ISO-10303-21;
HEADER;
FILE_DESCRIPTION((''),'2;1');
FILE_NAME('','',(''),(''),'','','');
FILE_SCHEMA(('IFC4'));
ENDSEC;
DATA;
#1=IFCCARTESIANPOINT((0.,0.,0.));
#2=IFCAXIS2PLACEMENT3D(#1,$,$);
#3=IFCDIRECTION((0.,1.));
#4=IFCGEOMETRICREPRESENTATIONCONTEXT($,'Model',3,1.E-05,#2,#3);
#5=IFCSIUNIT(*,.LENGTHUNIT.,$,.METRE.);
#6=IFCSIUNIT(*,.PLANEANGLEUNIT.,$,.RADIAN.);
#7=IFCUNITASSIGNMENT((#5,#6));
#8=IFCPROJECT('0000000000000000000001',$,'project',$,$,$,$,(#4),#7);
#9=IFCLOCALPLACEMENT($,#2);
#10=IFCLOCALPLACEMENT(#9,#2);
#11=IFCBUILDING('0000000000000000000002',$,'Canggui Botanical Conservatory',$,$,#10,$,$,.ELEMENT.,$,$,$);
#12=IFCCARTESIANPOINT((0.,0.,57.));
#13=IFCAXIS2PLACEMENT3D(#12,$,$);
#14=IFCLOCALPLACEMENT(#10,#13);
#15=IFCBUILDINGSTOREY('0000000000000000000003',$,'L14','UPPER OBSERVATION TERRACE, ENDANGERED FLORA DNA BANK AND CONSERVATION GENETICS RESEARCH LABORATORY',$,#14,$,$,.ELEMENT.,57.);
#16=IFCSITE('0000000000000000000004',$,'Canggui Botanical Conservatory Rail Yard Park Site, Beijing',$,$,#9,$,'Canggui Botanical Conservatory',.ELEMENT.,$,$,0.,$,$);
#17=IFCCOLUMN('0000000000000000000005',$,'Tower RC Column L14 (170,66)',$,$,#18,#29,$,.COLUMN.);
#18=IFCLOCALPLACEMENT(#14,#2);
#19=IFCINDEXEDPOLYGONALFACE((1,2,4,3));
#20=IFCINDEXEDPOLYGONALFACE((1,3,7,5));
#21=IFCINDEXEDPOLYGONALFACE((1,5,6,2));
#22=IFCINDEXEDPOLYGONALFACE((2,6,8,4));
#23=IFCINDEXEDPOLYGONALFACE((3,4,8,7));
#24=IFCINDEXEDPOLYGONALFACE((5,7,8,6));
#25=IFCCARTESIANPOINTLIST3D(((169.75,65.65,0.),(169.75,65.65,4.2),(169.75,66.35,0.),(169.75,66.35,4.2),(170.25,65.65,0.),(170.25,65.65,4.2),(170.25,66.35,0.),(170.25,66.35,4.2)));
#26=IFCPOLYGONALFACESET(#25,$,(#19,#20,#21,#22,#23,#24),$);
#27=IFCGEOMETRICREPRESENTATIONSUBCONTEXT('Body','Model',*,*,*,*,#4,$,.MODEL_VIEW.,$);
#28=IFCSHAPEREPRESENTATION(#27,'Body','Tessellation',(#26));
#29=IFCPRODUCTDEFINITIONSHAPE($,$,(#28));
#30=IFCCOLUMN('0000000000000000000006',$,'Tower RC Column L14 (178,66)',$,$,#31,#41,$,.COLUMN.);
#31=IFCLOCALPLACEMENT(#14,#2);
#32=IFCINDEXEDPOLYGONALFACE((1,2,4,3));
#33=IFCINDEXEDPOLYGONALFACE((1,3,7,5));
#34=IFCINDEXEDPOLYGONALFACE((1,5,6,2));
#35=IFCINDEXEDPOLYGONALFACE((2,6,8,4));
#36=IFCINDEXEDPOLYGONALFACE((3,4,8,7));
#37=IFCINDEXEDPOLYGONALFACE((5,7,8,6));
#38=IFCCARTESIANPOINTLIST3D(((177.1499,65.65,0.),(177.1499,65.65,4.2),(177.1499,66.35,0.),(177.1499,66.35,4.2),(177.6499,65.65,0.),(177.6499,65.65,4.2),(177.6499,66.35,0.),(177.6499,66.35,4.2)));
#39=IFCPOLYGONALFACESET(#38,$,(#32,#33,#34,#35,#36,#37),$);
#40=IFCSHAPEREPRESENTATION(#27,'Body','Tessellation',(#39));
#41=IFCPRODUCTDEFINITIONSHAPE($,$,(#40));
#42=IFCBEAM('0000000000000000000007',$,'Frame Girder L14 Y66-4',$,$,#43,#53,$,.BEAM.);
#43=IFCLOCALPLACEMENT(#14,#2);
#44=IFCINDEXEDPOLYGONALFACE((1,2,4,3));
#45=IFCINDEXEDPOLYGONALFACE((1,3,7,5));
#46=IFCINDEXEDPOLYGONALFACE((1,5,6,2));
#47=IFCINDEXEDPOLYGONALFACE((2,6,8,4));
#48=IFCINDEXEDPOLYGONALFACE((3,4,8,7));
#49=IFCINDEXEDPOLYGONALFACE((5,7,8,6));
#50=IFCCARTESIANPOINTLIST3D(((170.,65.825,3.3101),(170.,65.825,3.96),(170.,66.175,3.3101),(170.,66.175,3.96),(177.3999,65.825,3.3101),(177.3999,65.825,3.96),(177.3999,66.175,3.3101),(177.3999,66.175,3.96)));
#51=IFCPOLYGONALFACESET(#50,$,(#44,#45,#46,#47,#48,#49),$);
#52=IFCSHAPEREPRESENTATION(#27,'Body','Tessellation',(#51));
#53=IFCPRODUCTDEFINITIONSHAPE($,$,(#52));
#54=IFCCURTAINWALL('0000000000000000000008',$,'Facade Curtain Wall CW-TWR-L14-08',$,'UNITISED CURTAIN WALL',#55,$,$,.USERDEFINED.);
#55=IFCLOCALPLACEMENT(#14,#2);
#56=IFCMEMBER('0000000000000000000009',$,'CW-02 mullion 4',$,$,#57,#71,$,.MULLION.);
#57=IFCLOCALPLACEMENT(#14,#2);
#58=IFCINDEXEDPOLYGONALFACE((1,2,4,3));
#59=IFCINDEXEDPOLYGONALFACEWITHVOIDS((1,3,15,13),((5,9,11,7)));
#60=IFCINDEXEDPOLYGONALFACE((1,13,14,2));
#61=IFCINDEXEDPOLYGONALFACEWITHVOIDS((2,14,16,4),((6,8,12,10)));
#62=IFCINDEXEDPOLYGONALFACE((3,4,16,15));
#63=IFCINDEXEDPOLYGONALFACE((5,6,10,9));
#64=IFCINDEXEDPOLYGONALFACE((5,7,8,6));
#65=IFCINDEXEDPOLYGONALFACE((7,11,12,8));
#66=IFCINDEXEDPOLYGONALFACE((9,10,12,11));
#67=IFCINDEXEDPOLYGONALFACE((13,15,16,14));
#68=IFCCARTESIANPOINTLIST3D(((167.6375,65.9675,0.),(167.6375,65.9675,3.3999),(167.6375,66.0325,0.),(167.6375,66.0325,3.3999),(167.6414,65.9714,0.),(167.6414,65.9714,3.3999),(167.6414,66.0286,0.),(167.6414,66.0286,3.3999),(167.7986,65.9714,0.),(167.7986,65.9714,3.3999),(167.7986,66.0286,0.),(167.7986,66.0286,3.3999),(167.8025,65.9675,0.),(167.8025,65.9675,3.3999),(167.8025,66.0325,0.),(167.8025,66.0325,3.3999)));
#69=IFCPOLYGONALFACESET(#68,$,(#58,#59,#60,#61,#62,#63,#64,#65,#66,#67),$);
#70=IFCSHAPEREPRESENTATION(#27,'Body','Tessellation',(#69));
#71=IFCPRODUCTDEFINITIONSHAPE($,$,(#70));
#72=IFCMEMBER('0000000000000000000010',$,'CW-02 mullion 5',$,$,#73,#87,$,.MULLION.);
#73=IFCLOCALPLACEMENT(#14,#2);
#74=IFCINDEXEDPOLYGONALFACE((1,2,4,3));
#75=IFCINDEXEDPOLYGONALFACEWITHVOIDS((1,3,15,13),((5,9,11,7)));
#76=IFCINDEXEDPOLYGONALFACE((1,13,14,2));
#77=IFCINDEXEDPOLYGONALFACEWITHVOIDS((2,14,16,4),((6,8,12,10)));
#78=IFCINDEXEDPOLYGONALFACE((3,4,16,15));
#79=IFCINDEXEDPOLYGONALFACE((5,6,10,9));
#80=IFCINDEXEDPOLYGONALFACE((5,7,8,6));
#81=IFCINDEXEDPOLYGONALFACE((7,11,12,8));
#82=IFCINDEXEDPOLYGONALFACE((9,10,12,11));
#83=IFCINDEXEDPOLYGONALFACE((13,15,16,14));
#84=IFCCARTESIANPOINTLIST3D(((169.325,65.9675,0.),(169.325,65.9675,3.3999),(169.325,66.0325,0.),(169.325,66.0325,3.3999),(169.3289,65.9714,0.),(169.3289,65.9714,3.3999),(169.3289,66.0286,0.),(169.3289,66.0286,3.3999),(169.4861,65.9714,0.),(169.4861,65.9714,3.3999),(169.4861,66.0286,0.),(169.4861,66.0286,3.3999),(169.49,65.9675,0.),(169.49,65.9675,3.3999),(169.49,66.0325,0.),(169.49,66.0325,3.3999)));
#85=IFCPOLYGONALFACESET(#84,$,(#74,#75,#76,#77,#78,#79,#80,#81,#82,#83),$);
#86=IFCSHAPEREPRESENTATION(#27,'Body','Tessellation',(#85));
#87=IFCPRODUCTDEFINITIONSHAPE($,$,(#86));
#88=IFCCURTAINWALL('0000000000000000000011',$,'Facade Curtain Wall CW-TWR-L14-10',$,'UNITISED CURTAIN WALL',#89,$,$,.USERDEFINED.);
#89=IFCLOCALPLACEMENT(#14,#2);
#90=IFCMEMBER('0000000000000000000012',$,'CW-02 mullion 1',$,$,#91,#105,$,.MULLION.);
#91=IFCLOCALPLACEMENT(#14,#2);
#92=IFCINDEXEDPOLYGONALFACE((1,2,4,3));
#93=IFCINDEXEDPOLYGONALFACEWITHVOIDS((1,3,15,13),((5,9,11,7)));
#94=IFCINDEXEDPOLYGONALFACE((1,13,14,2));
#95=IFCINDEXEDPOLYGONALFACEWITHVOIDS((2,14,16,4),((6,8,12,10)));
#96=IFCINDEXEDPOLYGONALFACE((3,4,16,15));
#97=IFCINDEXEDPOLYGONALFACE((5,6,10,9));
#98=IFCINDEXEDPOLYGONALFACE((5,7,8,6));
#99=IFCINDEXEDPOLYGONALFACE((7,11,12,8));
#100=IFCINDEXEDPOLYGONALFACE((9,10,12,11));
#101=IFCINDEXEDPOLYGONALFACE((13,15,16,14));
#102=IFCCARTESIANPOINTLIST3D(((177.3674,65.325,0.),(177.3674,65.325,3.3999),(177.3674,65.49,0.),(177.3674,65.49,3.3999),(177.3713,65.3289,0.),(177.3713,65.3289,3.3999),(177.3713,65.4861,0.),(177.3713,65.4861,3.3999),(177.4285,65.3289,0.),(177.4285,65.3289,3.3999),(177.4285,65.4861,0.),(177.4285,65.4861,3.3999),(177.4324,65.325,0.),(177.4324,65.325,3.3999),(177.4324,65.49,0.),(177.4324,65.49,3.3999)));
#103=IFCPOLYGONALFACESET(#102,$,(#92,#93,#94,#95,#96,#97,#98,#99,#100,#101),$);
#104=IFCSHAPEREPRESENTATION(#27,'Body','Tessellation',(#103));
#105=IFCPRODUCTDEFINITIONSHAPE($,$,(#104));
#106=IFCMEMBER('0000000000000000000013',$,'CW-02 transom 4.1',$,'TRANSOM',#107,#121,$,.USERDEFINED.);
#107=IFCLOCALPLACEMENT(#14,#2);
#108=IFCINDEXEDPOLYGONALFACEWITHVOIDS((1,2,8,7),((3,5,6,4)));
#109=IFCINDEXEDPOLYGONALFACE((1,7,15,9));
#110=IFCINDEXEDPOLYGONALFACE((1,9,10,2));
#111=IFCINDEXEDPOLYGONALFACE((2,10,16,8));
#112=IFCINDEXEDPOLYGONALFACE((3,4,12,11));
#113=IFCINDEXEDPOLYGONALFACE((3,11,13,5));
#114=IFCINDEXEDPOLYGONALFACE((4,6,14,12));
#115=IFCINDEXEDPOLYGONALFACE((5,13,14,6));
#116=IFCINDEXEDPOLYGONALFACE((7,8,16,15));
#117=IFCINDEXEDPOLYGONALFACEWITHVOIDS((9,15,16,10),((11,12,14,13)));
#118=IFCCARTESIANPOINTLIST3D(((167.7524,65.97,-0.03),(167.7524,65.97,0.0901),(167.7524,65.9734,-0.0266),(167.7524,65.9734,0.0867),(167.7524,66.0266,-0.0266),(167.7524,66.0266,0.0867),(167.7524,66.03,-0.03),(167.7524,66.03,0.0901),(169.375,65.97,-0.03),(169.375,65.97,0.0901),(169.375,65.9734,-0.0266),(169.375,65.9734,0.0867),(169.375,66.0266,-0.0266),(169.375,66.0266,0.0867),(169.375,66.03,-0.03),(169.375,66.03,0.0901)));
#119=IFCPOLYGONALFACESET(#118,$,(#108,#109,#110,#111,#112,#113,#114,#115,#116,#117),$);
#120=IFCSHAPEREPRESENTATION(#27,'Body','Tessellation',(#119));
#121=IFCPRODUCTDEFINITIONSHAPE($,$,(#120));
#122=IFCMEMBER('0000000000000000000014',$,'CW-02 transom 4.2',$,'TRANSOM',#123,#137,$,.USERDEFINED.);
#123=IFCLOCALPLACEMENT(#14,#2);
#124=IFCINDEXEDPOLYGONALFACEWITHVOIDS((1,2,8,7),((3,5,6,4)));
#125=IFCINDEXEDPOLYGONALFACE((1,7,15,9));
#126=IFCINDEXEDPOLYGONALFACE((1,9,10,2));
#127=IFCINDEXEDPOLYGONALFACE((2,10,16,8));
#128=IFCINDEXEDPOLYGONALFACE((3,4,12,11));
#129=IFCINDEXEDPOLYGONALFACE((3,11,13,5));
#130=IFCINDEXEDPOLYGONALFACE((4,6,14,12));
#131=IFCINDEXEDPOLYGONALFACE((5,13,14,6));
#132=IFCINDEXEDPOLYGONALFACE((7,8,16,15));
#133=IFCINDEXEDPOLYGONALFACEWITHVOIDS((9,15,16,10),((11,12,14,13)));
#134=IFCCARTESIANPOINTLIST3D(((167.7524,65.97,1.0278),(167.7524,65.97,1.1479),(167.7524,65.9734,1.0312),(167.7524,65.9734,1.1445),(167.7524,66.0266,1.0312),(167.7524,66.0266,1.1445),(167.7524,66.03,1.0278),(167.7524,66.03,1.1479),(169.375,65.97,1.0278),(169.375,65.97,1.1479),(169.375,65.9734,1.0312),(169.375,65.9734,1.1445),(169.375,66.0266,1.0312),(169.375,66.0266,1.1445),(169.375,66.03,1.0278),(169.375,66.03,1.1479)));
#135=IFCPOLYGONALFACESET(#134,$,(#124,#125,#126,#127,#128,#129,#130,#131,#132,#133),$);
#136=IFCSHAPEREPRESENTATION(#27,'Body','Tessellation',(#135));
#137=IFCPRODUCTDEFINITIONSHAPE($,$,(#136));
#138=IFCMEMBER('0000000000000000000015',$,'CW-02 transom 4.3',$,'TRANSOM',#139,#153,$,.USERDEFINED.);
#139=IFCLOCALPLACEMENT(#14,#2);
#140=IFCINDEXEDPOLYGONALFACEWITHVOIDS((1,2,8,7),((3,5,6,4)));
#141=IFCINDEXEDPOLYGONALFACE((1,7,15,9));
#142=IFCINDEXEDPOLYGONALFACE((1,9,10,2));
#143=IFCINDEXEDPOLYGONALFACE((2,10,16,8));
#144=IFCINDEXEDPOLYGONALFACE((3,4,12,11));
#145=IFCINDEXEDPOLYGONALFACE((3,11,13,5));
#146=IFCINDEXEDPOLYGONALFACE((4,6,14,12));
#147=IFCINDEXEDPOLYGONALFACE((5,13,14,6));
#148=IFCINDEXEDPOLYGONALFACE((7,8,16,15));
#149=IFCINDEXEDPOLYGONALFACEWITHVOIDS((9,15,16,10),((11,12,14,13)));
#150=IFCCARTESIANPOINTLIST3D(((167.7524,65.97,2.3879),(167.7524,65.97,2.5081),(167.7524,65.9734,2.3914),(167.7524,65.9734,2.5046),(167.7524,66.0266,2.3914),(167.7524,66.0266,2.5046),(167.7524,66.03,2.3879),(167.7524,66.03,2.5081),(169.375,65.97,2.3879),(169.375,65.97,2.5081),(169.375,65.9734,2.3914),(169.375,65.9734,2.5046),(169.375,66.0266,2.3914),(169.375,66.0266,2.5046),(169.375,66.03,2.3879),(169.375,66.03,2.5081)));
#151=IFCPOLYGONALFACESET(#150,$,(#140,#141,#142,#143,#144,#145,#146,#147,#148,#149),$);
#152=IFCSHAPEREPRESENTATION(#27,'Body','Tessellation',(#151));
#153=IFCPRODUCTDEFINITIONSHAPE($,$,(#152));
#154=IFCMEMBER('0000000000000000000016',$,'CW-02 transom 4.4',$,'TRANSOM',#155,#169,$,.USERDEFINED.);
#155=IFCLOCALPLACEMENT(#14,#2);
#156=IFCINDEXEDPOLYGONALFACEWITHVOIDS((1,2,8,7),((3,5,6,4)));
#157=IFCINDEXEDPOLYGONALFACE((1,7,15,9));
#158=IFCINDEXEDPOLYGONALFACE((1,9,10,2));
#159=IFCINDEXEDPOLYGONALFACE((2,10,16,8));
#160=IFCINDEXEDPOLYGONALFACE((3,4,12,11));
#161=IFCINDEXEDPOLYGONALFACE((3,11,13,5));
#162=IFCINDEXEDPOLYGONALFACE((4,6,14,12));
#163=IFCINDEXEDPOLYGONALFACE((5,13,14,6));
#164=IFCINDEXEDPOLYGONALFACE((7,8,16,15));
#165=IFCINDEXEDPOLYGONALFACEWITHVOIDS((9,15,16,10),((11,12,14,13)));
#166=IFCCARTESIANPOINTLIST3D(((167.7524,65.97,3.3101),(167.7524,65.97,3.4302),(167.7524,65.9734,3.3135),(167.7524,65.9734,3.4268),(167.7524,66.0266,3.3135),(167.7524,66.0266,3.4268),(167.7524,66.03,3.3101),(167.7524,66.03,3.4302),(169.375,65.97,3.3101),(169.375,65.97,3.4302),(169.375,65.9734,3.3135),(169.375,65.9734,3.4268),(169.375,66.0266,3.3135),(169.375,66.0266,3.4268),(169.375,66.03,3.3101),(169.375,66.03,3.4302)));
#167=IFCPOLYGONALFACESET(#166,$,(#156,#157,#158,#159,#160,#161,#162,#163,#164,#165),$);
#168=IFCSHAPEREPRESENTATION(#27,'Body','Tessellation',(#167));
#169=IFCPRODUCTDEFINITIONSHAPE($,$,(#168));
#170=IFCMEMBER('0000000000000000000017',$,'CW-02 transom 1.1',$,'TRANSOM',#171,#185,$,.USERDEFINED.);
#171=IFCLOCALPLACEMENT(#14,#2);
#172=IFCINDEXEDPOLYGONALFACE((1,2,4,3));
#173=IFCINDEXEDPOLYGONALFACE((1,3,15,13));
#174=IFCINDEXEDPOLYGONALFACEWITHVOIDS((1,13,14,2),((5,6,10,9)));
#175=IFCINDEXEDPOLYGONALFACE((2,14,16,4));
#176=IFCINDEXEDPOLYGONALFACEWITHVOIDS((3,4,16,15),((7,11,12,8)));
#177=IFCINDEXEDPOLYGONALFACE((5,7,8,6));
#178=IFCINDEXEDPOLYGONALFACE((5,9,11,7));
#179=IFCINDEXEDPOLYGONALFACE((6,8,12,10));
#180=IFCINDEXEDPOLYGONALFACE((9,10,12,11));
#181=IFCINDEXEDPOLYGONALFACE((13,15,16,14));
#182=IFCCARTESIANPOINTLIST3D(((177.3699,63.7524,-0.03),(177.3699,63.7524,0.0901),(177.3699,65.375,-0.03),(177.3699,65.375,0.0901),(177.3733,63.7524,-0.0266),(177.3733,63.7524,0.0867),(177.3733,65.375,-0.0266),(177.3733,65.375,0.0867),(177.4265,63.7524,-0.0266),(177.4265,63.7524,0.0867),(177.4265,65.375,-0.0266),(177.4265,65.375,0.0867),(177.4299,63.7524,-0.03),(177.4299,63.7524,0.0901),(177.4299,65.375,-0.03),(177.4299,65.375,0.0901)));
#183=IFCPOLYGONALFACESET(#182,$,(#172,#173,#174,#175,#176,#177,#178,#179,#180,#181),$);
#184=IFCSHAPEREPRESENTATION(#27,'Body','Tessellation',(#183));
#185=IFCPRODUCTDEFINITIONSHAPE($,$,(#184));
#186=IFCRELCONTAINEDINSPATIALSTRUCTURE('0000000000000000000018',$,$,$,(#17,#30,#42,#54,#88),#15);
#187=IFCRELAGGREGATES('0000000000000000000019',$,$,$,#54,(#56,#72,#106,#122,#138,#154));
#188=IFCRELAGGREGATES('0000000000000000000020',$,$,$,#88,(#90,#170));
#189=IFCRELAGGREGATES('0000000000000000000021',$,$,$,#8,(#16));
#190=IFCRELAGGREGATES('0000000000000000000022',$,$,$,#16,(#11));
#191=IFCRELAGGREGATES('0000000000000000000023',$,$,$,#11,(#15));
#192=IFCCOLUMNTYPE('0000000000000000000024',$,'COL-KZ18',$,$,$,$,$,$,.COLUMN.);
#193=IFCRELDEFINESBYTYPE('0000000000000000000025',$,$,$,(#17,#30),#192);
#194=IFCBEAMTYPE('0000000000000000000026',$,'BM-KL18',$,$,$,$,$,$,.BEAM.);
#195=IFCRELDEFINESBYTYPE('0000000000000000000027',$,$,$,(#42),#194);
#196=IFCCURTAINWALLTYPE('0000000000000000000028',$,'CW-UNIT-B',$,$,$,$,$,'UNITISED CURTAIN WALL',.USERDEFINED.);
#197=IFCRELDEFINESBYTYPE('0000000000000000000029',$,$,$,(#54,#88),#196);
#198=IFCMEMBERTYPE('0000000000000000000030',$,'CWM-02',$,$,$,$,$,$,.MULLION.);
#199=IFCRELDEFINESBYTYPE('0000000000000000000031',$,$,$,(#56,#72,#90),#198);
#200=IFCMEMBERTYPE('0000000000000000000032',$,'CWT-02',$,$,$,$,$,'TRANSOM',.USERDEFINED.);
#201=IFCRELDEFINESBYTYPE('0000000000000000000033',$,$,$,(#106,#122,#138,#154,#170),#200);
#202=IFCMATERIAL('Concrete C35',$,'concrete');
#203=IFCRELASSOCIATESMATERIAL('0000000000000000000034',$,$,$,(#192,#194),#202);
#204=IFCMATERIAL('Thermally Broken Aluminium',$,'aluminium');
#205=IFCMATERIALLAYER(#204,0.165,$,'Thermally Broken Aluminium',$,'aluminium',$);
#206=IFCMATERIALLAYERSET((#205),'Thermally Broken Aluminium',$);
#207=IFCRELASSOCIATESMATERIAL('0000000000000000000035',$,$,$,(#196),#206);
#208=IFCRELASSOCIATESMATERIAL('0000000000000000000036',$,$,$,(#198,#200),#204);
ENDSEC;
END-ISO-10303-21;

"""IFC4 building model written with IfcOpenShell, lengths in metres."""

from ifc_helpers import new_model, si_unit, direction, frame, origin, origin_2d, place, context, subcontext, project, spatial, rectangle, hollow_rectangle, extrude, material, layer, layer_set, material_profile, profile_set, type_object, element, aggregate, save


model = new_model("IFC4")

# Units and contexts
model_context = context("Model", 3, precision=1e-05, world=origin(), true_north=direction((0.0, 1.0)))
body_context = subcontext(model_context, "Body", "Model", "MODEL_VIEW")
ifc_project = project(units=[si_unit("LENGTHUNIT", "METRE"), si_unit("PLANEANGLEUNIT", "RADIAN")], contexts=[model_context])

# Site, building, storey
site_placement = place(None, origin())
site = spatial("IfcSite", under=ifc_project, at=site_placement, Name="Canggui Botanical Conservatory Rail Yard Park Site, Beijing", LongName="Canggui Botanical Conservatory", CompositionType="ELEMENT", RefElevation=0.0)
building_placement = place(site_placement, origin())
building = spatial("IfcBuilding", under=site, at=building_placement, Name="Canggui Botanical Conservatory", CompositionType="ELEMENT")
storey_placement = place(building_placement, frame((0.0, 0.0, 57.0)))
storey = spatial("IfcBuildingStorey", under=building, at=storey_placement, Name="L14", Description="UPPER OBSERVATION TERRACE, ENDANGERED FLORA DNA BANK AND CONSERVATION GENETICS RESEARCH LABORATORY", CompositionType="ELEMENT", Elevation=57.0)

# Columns
ifc_material_1 = material(Name="Concrete C35", Category="concrete")
ifc_material_profile_1 = material_profile(ifc_material_1, rectangle(XDim=0.5, YDim=0.7, at=origin_2d()), Name="RC 500x700")
ifc_profile_set_1 = profile_set([ifc_material_profile_1], Name="Concrete C35")
column_type = type_object("IfcColumnType", Name="COL-KZ18", PredefinedType="COLUMN", material=ifc_profile_set_1)
for number, where, z_axis, x_axis, name in (
    (1, (170.0, 66.0, 0.0), (0.0, 0.0, 1.0), (1.0, 0.0, 0.0), "Tower RC Column L14 (170,66)"),
    (2, (177.3999, 66.0, 0.0), (0.0, 0.0, 1.0), (1.0, 0.0, 0.0), "Tower RC Column L14 (178,66)"),
):
    element("IfcColumn", number, at=place(storey_placement, frame(where, z_axis=z_axis, x_axis=x_axis)), inside=storey, type_object=column_type, Name=name, PredefinedType="COLUMN", context=body_context, shape_type="SweptSolid", body=[
        extrude(rectangle(XDim=0.5, YDim=0.7, at=origin_2d()), origin(), (0.0, 0.0, 1.0), 4.2),
    ])

# Beam
ifc_material_profile_2 = material_profile(ifc_material_1, rectangle(XDim=0.3501, YDim=0.6499, at=origin_2d()), Name="RB 350x650")
ifc_profile_set_2 = profile_set([ifc_material_profile_2], Name="Concrete C35")
beam_type = type_object("IfcBeamType", Name="BM-KL18", PredefinedType="BEAM", material=ifc_profile_set_2)
beam_placement = place(storey_placement, frame((170.0, 66.0, 3.635), z_axis=(1.0, 0.0, 0.0), x_axis=(0.0, 1.0, 0.0)))
element("IfcBeam", 3, at=beam_placement, inside=storey, type_object=beam_type, Name="Frame Girder L14 Y66-4", PredefinedType="BEAM", context=body_context, shape_type="SweptSolid", body=[
    extrude(rectangle(XDim=0.3501, YDim=0.6499, at=origin_2d()), origin(), (0.0, 0.0, 1.0), 7.3999),
])

# Curtain wall, members
ifc_material_2 = material(Name="Thermally Broken Aluminium", Category="aluminium")
ifc_layer_1 = layer(ifc_material_2, 0.165, Name="Thermally Broken Aluminium", Category="aluminium")
ifc_layer_set_1 = layer_set([ifc_layer_1], Name="Thermally Broken Aluminium")
curtain_wall_type = type_object("IfcCurtainWallType", Name="CW-UNIT-B", ElementType="UNITISED CURTAIN WALL", PredefinedType="USERDEFINED", material=ifc_layer_set_1)
curtain_wall_1_placement = place(storey_placement, origin())
curtain_wall_1 = element("IfcCurtainWall", 4, at=curtain_wall_1_placement, inside=storey, type_object=curtain_wall_type, Name="Facade Curtain Wall CW-TWR-L14-08", ObjectType="UNITISED CURTAIN WALL", PredefinedType="USERDEFINED")
ifc_material_profile_3 = material_profile(ifc_material_2, hollow_rectangle(XDim=0.0649, YDim=0.165, WallThickness=0.0039, at=origin_2d()), Name="CWM 65x165x4")
ifc_profile_set_3 = profile_set([ifc_material_profile_3], Name="Thermally Broken Aluminium")
member_type_1 = type_object("IfcMemberType", Name="CWM-02", PredefinedType="MULLION", material=ifc_profile_set_3)
member_1_placement = place(storey_placement, frame((167.72, 66.0, 0.0), z_axis=(0.0, 0.0, 1.0), x_axis=(0.0, 1.0, 0.0)))
member_1 = element("IfcMember", 5, at=member_1_placement, type_object=member_type_1, Name="CW-02 mullion 4", PredefinedType="MULLION", context=body_context, shape_type="SweptSolid", body=[
    extrude(hollow_rectangle(XDim=0.0649, YDim=0.165, WallThickness=0.0039, at=origin_2d()), origin(), (0.0, 0.0, 1.0), 3.3999),
])
member_2_placement = place(storey_placement, frame((169.4075, 66.0, 0.0), z_axis=(0.0, 0.0, 1.0), x_axis=(0.0, 1.0, 0.0)))
member_2 = element("IfcMember", 6, at=member_2_placement, type_object=member_type_1, Name="CW-02 mullion 5", PredefinedType="MULLION", context=body_context, shape_type="SweptSolid", body=[
    extrude(hollow_rectangle(XDim=0.0649, YDim=0.165, WallThickness=0.0039, at=origin_2d()), origin(), (0.0, 0.0, 1.0), 3.3999),
])

# Curtain wall, member
curtain_wall_2_placement = place(storey_placement, origin())
curtain_wall_2 = element("IfcCurtainWall", 7, at=curtain_wall_2_placement, inside=storey, type_object=curtain_wall_type, Name="Facade Curtain Wall CW-TWR-L14-10", ObjectType="UNITISED CURTAIN WALL", PredefinedType="USERDEFINED")
member_3_placement = place(storey_placement, frame((177.3999, 65.4075, 0.0), z_axis=(0.0, 0.0, 1.0), x_axis=(1.0, 0.0, 0.0)))
member_3 = element("IfcMember", 8, at=member_3_placement, type_object=member_type_1, Name="CW-02 mullion 1", PredefinedType="MULLION", context=body_context, shape_type="SweptSolid", body=[
    extrude(hollow_rectangle(XDim=0.0649, YDim=0.165, WallThickness=0.0039, at=origin_2d()), origin(), (0.0, 0.0, 1.0), 3.3999),
])

# Members
ifc_material_profile_4 = material_profile(ifc_material_2, hollow_rectangle(XDim=0.0601, YDim=0.1201, WallThickness=0.0034, at=origin_2d()), Name="CWT 60x120x3.5")
ifc_profile_set_4 = profile_set([ifc_material_profile_4], Name="Thermally Broken Aluminium")
member_type_2 = type_object("IfcMemberType", Name="CWT-02", ElementType="TRANSOM", PredefinedType="USERDEFINED", material=ifc_profile_set_4)
member_4_placement = place(storey_placement, frame((167.7524, 66.0, 0.03), z_axis=(1.0, 0.0, 0.0), x_axis=(0.0, 1.0, 0.0)))
member_4 = element("IfcMember", 9, at=member_4_placement, type_object=member_type_2, Name="CW-02 transom 4.1", ObjectType="TRANSOM", PredefinedType="USERDEFINED", context=body_context, shape_type="SweptSolid", body=[
    extrude(hollow_rectangle(XDim=0.0601, YDim=0.1201, WallThickness=0.0034, at=origin_2d()), origin(), (0.0, 0.0, 1.0), 1.6226),
])
member_5_placement = place(storey_placement, frame((167.7524, 66.0, 1.0879), z_axis=(1.0, 0.0, 0.0), x_axis=(0.0, 1.0, 0.0)))
member_5 = element("IfcMember", 10, at=member_5_placement, type_object=member_type_2, Name="CW-02 transom 4.2", ObjectType="TRANSOM", PredefinedType="USERDEFINED", context=body_context, shape_type="SweptSolid", body=[
    extrude(hollow_rectangle(XDim=0.0601, YDim=0.1201, WallThickness=0.0034, at=origin_2d()), origin(), (0.0, 0.0, 1.0), 1.6226),
])
member_6_placement = place(storey_placement, frame((167.7524, 66.0, 2.448), z_axis=(1.0, 0.0, 0.0), x_axis=(0.0, 1.0, 0.0)))
member_6 = element("IfcMember", 11, at=member_6_placement, type_object=member_type_2, Name="CW-02 transom 4.3", ObjectType="TRANSOM", PredefinedType="USERDEFINED", context=body_context, shape_type="SweptSolid", body=[
    extrude(hollow_rectangle(XDim=0.0601, YDim=0.1201, WallThickness=0.0034, at=origin_2d()), origin(), (0.0, 0.0, 1.0), 1.6226),
])
member_7_placement = place(storey_placement, frame((167.7524, 66.0, 3.3701), z_axis=(1.0, 0.0, 0.0), x_axis=(0.0, 1.0, 0.0)))
member_7 = element("IfcMember", 12, at=member_7_placement, type_object=member_type_2, Name="CW-02 transom 4.4", ObjectType="TRANSOM", PredefinedType="USERDEFINED", context=body_context, shape_type="SweptSolid", body=[
    extrude(hollow_rectangle(XDim=0.0601, YDim=0.1201, WallThickness=0.0034, at=origin_2d()), origin(), (0.0, 0.0, 1.0), 1.6226),
])
member_8_placement = place(storey_placement, frame((177.3999, 65.375, 0.03), z_axis=(0.0, -1.0, 0.0), x_axis=(1.0, 0.0, 0.0)))
member_8 = element("IfcMember", 13, at=member_8_placement, type_object=member_type_2, Name="CW-02 transom 1.1", ObjectType="TRANSOM", PredefinedType="USERDEFINED", context=body_context, shape_type="SweptSolid", body=[
    extrude(hollow_rectangle(XDim=0.0601, YDim=0.1201, WallThickness=0.0034, at=origin_2d()), origin(), (0.0, 0.0, 1.0), 1.6226),
])

aggregate(curtain_wall_1, [member_1, member_2, member_4, member_5, member_6, member_7])
aggregate(curtain_wall_2, [member_3, member_8])

save(model, "model.ifc")
